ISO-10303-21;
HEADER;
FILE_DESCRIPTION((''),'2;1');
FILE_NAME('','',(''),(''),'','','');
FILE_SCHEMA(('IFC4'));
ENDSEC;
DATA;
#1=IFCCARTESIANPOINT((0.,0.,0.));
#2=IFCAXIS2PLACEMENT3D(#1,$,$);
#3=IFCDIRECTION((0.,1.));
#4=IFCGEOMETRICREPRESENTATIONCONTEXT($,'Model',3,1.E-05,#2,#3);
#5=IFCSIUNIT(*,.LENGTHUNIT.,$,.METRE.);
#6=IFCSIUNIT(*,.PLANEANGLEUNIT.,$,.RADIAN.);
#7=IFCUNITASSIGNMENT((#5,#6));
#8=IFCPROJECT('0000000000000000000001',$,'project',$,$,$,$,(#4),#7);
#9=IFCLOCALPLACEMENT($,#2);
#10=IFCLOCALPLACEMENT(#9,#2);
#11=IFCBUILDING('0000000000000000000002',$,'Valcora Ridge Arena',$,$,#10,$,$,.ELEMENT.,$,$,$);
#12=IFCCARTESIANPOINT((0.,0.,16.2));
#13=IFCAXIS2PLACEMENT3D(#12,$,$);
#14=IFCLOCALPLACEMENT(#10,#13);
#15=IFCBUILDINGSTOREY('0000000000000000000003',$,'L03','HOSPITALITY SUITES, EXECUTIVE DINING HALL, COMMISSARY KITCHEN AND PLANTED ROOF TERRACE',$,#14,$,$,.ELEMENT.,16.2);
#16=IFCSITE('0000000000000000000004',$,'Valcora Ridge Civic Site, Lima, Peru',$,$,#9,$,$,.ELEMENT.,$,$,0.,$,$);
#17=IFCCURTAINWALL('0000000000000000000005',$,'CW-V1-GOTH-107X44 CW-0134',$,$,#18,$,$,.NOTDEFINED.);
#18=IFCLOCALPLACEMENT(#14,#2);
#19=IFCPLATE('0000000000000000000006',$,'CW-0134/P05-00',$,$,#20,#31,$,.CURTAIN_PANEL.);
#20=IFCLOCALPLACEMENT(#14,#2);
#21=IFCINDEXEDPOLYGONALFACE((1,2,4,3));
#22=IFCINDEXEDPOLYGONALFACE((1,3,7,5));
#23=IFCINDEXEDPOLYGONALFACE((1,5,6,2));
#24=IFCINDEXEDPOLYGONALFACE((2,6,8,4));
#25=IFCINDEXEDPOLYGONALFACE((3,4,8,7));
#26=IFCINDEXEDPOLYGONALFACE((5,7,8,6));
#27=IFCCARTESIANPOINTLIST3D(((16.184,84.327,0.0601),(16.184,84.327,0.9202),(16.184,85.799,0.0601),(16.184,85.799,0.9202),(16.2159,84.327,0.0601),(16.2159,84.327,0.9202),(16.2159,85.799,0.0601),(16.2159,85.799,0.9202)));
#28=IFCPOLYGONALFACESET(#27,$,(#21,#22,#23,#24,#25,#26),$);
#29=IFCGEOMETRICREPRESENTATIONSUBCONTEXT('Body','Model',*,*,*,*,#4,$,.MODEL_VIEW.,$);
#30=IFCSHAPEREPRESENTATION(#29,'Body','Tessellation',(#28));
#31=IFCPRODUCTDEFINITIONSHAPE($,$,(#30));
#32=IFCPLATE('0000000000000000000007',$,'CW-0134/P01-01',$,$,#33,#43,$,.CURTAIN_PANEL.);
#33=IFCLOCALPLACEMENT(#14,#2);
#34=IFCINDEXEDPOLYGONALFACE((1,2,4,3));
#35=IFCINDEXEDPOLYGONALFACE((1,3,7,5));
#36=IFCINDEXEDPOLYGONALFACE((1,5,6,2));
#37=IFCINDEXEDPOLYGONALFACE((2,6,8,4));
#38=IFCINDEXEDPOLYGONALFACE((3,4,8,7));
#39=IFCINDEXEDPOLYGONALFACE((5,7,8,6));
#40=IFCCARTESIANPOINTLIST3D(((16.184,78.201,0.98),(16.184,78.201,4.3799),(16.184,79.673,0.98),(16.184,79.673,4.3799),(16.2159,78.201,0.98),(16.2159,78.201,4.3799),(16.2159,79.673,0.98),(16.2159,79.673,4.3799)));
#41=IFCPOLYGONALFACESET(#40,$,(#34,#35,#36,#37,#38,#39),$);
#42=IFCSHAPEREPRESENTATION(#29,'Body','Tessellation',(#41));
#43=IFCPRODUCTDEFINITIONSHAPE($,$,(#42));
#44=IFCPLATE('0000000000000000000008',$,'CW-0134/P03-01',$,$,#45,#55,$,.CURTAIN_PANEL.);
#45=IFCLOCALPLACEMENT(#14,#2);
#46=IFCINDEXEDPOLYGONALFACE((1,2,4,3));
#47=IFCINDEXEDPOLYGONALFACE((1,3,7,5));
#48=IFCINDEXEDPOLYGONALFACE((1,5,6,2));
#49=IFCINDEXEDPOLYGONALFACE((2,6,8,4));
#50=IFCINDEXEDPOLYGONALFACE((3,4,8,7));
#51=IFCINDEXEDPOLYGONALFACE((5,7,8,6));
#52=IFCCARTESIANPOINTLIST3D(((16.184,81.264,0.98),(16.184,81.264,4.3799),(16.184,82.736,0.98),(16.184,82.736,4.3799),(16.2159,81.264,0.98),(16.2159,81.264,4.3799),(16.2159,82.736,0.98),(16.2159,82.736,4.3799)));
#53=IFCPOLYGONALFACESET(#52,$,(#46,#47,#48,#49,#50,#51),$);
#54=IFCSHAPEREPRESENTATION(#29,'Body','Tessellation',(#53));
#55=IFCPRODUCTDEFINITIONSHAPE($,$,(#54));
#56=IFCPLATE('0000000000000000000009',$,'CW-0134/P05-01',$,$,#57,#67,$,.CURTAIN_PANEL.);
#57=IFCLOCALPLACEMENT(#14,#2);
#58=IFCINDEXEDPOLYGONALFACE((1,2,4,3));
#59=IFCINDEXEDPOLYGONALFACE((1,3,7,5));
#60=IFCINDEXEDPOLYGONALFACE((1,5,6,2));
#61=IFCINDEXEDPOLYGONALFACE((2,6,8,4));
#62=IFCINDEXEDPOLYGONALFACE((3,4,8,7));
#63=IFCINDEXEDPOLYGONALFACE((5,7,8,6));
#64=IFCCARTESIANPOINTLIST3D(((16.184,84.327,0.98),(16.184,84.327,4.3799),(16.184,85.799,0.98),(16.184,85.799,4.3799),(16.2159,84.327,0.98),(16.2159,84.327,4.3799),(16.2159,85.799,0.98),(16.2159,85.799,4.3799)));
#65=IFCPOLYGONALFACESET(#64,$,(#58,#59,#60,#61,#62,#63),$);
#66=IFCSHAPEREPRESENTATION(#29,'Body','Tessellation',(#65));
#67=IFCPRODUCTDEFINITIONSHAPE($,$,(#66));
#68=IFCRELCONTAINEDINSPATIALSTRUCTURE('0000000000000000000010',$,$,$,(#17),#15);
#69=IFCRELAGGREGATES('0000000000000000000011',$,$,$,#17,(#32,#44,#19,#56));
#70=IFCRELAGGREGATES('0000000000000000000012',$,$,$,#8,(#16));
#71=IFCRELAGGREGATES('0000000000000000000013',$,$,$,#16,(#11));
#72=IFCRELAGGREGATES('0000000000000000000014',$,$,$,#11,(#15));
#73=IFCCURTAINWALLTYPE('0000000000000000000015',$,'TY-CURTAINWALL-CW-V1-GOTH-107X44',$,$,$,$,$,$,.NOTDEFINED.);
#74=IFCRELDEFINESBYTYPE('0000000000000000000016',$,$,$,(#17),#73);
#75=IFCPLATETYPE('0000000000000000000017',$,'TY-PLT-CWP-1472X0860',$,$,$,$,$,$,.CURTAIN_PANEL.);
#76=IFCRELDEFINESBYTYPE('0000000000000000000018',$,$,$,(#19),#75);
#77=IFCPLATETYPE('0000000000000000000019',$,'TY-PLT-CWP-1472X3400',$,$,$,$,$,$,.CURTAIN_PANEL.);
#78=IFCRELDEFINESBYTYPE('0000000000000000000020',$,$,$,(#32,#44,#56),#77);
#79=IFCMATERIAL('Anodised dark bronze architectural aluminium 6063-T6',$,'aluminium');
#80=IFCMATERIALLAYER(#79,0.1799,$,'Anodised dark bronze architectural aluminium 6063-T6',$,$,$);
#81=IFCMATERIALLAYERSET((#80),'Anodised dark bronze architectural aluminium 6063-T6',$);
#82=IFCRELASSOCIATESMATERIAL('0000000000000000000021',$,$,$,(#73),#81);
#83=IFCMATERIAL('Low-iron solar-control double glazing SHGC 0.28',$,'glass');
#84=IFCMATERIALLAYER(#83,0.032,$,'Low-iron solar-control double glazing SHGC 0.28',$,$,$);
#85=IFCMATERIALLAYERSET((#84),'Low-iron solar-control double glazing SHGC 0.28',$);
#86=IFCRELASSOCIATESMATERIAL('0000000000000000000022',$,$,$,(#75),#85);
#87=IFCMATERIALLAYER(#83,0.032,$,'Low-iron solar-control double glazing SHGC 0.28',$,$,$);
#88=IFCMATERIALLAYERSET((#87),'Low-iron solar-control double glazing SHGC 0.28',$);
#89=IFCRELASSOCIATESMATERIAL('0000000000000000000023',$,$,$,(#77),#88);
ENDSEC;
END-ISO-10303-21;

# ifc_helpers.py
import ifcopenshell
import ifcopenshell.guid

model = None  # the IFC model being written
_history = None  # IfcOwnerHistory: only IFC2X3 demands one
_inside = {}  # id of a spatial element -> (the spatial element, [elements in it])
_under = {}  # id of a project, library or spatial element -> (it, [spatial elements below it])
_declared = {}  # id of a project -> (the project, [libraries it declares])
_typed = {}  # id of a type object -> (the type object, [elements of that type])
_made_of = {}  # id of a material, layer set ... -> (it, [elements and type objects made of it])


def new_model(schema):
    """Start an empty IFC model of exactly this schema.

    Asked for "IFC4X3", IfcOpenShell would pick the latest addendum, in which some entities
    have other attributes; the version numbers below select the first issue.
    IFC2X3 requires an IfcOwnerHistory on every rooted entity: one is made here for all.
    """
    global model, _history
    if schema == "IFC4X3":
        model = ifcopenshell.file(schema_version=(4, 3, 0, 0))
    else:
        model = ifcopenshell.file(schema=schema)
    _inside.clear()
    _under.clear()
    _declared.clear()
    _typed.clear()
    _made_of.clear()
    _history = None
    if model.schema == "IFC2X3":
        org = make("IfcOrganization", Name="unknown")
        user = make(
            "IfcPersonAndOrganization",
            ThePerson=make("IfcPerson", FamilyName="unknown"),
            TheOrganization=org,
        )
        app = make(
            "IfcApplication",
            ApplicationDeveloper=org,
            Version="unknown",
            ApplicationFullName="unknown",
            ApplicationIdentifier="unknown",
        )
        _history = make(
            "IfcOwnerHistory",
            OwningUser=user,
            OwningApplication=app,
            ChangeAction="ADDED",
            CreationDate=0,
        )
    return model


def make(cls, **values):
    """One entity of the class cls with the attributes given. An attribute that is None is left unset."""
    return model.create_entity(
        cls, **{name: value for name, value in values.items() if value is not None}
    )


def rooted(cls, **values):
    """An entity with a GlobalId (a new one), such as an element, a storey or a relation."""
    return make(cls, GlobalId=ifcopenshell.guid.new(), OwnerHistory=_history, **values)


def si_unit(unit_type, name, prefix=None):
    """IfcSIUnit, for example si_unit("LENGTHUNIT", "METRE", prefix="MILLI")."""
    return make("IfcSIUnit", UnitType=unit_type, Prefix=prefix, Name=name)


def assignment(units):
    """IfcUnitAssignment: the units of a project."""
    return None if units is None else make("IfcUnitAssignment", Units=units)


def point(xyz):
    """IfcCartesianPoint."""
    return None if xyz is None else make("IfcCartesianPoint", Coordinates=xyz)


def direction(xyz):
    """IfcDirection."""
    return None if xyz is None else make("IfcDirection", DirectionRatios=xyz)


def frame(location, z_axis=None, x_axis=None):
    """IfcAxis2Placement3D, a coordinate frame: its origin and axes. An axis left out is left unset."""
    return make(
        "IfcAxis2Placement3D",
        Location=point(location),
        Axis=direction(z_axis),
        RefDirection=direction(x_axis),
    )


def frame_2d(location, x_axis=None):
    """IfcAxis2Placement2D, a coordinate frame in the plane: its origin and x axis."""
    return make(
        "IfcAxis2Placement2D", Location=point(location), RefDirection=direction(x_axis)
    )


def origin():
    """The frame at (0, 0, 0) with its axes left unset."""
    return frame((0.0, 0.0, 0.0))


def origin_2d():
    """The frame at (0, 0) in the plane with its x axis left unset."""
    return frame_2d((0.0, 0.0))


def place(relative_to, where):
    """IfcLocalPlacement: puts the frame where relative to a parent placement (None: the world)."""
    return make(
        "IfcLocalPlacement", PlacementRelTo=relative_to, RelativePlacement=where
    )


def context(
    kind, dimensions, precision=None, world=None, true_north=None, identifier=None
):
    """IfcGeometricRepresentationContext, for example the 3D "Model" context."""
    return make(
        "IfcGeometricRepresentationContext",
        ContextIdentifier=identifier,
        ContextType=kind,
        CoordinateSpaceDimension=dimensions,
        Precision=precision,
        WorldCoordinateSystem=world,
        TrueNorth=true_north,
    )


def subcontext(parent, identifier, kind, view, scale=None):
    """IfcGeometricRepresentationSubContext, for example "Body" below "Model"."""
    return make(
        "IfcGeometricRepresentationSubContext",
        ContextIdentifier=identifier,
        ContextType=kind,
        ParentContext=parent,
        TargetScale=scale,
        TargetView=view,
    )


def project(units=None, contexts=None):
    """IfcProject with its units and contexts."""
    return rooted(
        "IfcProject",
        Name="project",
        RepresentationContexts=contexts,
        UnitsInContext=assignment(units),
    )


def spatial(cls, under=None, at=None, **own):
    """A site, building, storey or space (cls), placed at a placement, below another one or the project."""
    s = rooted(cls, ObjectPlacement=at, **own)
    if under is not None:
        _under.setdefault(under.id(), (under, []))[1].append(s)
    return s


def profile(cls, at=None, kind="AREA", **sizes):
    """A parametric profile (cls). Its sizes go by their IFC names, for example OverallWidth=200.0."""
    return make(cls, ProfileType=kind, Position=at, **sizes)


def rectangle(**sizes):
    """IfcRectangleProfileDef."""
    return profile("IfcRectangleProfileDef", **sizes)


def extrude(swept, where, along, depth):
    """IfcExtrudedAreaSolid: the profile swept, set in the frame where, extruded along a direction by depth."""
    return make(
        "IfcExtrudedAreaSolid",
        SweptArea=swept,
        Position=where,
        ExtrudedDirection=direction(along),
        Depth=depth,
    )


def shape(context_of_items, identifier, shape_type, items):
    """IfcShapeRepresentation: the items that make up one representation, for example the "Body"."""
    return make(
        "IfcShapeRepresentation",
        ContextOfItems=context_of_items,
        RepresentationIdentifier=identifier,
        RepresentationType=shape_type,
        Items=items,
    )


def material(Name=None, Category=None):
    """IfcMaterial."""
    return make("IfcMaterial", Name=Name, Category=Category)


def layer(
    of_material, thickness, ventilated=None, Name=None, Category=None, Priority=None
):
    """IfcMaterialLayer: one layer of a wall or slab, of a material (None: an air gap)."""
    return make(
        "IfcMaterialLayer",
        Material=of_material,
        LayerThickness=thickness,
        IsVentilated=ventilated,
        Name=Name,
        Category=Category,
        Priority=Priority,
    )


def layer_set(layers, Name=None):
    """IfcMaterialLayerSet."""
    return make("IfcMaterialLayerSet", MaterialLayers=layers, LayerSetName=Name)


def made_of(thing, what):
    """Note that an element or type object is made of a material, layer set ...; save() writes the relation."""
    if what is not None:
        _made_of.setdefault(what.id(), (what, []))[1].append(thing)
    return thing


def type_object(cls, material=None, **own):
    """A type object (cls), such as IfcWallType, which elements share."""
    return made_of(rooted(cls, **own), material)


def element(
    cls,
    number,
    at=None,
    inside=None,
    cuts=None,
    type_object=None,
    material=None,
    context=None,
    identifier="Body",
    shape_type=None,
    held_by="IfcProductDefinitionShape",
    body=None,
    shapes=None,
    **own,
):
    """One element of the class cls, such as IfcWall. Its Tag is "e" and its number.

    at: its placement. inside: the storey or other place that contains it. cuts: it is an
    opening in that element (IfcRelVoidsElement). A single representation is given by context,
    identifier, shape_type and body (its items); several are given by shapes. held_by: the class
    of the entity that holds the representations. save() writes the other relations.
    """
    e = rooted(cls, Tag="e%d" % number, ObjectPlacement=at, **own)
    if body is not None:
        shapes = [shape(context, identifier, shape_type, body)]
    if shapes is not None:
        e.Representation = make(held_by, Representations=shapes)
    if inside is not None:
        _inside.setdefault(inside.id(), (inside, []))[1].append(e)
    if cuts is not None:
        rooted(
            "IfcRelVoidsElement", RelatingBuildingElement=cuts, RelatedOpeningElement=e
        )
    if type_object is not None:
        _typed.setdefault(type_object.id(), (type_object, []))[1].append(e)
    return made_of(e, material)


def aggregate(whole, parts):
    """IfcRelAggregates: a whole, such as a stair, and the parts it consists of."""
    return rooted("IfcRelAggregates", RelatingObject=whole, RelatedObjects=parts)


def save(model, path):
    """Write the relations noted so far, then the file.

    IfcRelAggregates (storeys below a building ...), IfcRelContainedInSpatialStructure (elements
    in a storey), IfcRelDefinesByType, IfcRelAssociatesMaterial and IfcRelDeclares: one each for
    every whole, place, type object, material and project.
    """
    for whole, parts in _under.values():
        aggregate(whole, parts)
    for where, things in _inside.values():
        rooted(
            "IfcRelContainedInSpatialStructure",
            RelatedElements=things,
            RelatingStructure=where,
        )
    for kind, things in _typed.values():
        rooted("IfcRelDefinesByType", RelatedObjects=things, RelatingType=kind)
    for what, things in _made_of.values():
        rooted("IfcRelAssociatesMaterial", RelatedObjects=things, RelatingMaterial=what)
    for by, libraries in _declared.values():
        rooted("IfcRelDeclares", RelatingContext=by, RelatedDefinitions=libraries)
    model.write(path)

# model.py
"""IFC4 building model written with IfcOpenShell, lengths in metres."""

from ifc_helpers import new_model, si_unit, direction, frame, origin, origin_2d, place, context, subcontext, project, spatial, rectangle, extrude, material, layer, layer_set, type_object, element, aggregate, save


model = new_model("IFC4")

# Units and contexts
model_context = context("Model", 3, precision=1e-05, world=origin(), true_north=direction((0.0, 1.0)))
body_context = subcontext(model_context, "Body", "Model", "MODEL_VIEW")
ifc_project = project(units=[si_unit("LENGTHUNIT", "METRE"), si_unit("PLANEANGLEUNIT", "RADIAN")], contexts=[model_context])

# Site, building, storey
site_placement = place(None, origin())
site = spatial("IfcSite", under=ifc_project, at=site_placement, Name="Valcora Ridge Civic Site, Lima, Peru", CompositionType="ELEMENT", RefElevation=0.0)
building_placement = place(site_placement, origin())
building = spatial("IfcBuilding", under=site, at=building_placement, Name="Valcora Ridge Arena", CompositionType="ELEMENT")
storey_placement = place(building_placement, frame((0.0, 0.0, 16.2)))
storey = spatial("IfcBuildingStorey", under=building, at=storey_placement, Name="L03", Description="HOSPITALITY SUITES, EXECUTIVE DINING HALL, COMMISSARY KITCHEN AND PLANTED ROOF TERRACE", CompositionType="ELEMENT", Elevation=16.2)

# Curtain wall, plates
ifc_material_1 = material(Name="Anodised dark bronze architectural aluminium 6063-T6", Category="aluminium")
ifc_layer_1 = layer(ifc_material_1, 0.1799, Name="Anodised dark bronze architectural aluminium 6063-T6")
ifc_layer_set_1 = layer_set([ifc_layer_1], Name="Anodised dark bronze architectural aluminium 6063-T6")
curtain_wall_type = type_object("IfcCurtainWallType", Name="TY-CURTAINWALL-CW-V1-GOTH-107X44", PredefinedType="NOTDEFINED", material=ifc_layer_set_1)
curtain_wall_placement = place(storey_placement, origin())
curtain_wall = element("IfcCurtainWall", 1, at=curtain_wall_placement, inside=storey, type_object=curtain_wall_type, Name="CW-V1-GOTH-107X44 CW-0134", PredefinedType="NOTDEFINED")
ifc_material_2 = material(Name="Low-iron solar-control double glazing SHGC 0.28", Category="glass")
ifc_layer_2 = layer(ifc_material_2, 0.032, Name="Low-iron solar-control double glazing SHGC 0.28")
ifc_layer_set_2 = layer_set([ifc_layer_2], Name="Low-iron solar-control double glazing SHGC 0.28")
plate_type_1 = type_object("IfcPlateType", Name="TY-PLT-CWP-1472X0860", PredefinedType="CURTAIN_PANEL", material=ifc_layer_set_2)
plate_1_placement = place(storey_placement, frame((16.2, 85.063, 0.0601), z_axis=(0.0, 0.0, 1.0), x_axis=(0.0, 1.0, 0.0)))
plate_1 = element("IfcPlate", 2, at=plate_1_placement, type_object=plate_type_1, Name="CW-0134/P05-00", PredefinedType="CURTAIN_PANEL", context=body_context, shape_type="SweptSolid", body=[
    extrude(rectangle(XDim=1.4719, YDim=0.032, at=origin_2d()), origin(), (0.0, 0.0, 1.0), 0.8601),
])
ifc_layer_3 = layer(ifc_material_2, 0.032, Name="Low-iron solar-control double glazing SHGC 0.28")
ifc_layer_set_3 = layer_set([ifc_layer_3], Name="Low-iron solar-control double glazing SHGC 0.28")
plate_type_2 = type_object("IfcPlateType", Name="TY-PLT-CWP-1472X3400", PredefinedType="CURTAIN_PANEL", material=ifc_layer_set_3)
plate_2_placement = place(storey_placement, frame((16.2, 78.937, 0.98), z_axis=(0.0, 0.0, 1.0), x_axis=(0.0, 1.0, 0.0)))
plate_2 = element("IfcPlate", 3, at=plate_2_placement, type_object=plate_type_2, Name="CW-0134/P01-01", PredefinedType="CURTAIN_PANEL", context=body_context, shape_type="SweptSolid", body=[
    extrude(rectangle(XDim=1.4719, YDim=0.032, at=origin_2d()), origin(), (0.0, 0.0, 1.0), 3.3999),
])
plate_3_placement = place(storey_placement, frame((16.2, 82.0, 0.98), z_axis=(0.0, 0.0, 1.0), x_axis=(0.0, 1.0, 0.0)))
plate_3 = element("IfcPlate", 4, at=plate_3_placement, type_object=plate_type_2, Name="CW-0134/P03-01", PredefinedType="CURTAIN_PANEL", context=body_context, shape_type="SweptSolid", body=[
    extrude(rectangle(XDim=1.4719, YDim=0.032, at=origin_2d()), origin(), (0.0, 0.0, 1.0), 3.3999),
])
plate_4_placement = place(storey_placement, frame((16.2, 85.063, 0.98), z_axis=(0.0, 0.0, 1.0), x_axis=(0.0, 1.0, 0.0)))
plate_4 = element("IfcPlate", 5, at=plate_4_placement, type_object=plate_type_2, Name="CW-0134/P05-01", PredefinedType="CURTAIN_PANEL", context=body_context, shape_type="SweptSolid", body=[
    extrude(rectangle(XDim=1.4719, YDim=0.032, at=origin_2d()), origin(), (0.0, 0.0, 1.0), 3.3999),
])
aggregate(curtain_wall, [plate_2, plate_3, plate_1, plate_4])

save(model, "model.ifc")
